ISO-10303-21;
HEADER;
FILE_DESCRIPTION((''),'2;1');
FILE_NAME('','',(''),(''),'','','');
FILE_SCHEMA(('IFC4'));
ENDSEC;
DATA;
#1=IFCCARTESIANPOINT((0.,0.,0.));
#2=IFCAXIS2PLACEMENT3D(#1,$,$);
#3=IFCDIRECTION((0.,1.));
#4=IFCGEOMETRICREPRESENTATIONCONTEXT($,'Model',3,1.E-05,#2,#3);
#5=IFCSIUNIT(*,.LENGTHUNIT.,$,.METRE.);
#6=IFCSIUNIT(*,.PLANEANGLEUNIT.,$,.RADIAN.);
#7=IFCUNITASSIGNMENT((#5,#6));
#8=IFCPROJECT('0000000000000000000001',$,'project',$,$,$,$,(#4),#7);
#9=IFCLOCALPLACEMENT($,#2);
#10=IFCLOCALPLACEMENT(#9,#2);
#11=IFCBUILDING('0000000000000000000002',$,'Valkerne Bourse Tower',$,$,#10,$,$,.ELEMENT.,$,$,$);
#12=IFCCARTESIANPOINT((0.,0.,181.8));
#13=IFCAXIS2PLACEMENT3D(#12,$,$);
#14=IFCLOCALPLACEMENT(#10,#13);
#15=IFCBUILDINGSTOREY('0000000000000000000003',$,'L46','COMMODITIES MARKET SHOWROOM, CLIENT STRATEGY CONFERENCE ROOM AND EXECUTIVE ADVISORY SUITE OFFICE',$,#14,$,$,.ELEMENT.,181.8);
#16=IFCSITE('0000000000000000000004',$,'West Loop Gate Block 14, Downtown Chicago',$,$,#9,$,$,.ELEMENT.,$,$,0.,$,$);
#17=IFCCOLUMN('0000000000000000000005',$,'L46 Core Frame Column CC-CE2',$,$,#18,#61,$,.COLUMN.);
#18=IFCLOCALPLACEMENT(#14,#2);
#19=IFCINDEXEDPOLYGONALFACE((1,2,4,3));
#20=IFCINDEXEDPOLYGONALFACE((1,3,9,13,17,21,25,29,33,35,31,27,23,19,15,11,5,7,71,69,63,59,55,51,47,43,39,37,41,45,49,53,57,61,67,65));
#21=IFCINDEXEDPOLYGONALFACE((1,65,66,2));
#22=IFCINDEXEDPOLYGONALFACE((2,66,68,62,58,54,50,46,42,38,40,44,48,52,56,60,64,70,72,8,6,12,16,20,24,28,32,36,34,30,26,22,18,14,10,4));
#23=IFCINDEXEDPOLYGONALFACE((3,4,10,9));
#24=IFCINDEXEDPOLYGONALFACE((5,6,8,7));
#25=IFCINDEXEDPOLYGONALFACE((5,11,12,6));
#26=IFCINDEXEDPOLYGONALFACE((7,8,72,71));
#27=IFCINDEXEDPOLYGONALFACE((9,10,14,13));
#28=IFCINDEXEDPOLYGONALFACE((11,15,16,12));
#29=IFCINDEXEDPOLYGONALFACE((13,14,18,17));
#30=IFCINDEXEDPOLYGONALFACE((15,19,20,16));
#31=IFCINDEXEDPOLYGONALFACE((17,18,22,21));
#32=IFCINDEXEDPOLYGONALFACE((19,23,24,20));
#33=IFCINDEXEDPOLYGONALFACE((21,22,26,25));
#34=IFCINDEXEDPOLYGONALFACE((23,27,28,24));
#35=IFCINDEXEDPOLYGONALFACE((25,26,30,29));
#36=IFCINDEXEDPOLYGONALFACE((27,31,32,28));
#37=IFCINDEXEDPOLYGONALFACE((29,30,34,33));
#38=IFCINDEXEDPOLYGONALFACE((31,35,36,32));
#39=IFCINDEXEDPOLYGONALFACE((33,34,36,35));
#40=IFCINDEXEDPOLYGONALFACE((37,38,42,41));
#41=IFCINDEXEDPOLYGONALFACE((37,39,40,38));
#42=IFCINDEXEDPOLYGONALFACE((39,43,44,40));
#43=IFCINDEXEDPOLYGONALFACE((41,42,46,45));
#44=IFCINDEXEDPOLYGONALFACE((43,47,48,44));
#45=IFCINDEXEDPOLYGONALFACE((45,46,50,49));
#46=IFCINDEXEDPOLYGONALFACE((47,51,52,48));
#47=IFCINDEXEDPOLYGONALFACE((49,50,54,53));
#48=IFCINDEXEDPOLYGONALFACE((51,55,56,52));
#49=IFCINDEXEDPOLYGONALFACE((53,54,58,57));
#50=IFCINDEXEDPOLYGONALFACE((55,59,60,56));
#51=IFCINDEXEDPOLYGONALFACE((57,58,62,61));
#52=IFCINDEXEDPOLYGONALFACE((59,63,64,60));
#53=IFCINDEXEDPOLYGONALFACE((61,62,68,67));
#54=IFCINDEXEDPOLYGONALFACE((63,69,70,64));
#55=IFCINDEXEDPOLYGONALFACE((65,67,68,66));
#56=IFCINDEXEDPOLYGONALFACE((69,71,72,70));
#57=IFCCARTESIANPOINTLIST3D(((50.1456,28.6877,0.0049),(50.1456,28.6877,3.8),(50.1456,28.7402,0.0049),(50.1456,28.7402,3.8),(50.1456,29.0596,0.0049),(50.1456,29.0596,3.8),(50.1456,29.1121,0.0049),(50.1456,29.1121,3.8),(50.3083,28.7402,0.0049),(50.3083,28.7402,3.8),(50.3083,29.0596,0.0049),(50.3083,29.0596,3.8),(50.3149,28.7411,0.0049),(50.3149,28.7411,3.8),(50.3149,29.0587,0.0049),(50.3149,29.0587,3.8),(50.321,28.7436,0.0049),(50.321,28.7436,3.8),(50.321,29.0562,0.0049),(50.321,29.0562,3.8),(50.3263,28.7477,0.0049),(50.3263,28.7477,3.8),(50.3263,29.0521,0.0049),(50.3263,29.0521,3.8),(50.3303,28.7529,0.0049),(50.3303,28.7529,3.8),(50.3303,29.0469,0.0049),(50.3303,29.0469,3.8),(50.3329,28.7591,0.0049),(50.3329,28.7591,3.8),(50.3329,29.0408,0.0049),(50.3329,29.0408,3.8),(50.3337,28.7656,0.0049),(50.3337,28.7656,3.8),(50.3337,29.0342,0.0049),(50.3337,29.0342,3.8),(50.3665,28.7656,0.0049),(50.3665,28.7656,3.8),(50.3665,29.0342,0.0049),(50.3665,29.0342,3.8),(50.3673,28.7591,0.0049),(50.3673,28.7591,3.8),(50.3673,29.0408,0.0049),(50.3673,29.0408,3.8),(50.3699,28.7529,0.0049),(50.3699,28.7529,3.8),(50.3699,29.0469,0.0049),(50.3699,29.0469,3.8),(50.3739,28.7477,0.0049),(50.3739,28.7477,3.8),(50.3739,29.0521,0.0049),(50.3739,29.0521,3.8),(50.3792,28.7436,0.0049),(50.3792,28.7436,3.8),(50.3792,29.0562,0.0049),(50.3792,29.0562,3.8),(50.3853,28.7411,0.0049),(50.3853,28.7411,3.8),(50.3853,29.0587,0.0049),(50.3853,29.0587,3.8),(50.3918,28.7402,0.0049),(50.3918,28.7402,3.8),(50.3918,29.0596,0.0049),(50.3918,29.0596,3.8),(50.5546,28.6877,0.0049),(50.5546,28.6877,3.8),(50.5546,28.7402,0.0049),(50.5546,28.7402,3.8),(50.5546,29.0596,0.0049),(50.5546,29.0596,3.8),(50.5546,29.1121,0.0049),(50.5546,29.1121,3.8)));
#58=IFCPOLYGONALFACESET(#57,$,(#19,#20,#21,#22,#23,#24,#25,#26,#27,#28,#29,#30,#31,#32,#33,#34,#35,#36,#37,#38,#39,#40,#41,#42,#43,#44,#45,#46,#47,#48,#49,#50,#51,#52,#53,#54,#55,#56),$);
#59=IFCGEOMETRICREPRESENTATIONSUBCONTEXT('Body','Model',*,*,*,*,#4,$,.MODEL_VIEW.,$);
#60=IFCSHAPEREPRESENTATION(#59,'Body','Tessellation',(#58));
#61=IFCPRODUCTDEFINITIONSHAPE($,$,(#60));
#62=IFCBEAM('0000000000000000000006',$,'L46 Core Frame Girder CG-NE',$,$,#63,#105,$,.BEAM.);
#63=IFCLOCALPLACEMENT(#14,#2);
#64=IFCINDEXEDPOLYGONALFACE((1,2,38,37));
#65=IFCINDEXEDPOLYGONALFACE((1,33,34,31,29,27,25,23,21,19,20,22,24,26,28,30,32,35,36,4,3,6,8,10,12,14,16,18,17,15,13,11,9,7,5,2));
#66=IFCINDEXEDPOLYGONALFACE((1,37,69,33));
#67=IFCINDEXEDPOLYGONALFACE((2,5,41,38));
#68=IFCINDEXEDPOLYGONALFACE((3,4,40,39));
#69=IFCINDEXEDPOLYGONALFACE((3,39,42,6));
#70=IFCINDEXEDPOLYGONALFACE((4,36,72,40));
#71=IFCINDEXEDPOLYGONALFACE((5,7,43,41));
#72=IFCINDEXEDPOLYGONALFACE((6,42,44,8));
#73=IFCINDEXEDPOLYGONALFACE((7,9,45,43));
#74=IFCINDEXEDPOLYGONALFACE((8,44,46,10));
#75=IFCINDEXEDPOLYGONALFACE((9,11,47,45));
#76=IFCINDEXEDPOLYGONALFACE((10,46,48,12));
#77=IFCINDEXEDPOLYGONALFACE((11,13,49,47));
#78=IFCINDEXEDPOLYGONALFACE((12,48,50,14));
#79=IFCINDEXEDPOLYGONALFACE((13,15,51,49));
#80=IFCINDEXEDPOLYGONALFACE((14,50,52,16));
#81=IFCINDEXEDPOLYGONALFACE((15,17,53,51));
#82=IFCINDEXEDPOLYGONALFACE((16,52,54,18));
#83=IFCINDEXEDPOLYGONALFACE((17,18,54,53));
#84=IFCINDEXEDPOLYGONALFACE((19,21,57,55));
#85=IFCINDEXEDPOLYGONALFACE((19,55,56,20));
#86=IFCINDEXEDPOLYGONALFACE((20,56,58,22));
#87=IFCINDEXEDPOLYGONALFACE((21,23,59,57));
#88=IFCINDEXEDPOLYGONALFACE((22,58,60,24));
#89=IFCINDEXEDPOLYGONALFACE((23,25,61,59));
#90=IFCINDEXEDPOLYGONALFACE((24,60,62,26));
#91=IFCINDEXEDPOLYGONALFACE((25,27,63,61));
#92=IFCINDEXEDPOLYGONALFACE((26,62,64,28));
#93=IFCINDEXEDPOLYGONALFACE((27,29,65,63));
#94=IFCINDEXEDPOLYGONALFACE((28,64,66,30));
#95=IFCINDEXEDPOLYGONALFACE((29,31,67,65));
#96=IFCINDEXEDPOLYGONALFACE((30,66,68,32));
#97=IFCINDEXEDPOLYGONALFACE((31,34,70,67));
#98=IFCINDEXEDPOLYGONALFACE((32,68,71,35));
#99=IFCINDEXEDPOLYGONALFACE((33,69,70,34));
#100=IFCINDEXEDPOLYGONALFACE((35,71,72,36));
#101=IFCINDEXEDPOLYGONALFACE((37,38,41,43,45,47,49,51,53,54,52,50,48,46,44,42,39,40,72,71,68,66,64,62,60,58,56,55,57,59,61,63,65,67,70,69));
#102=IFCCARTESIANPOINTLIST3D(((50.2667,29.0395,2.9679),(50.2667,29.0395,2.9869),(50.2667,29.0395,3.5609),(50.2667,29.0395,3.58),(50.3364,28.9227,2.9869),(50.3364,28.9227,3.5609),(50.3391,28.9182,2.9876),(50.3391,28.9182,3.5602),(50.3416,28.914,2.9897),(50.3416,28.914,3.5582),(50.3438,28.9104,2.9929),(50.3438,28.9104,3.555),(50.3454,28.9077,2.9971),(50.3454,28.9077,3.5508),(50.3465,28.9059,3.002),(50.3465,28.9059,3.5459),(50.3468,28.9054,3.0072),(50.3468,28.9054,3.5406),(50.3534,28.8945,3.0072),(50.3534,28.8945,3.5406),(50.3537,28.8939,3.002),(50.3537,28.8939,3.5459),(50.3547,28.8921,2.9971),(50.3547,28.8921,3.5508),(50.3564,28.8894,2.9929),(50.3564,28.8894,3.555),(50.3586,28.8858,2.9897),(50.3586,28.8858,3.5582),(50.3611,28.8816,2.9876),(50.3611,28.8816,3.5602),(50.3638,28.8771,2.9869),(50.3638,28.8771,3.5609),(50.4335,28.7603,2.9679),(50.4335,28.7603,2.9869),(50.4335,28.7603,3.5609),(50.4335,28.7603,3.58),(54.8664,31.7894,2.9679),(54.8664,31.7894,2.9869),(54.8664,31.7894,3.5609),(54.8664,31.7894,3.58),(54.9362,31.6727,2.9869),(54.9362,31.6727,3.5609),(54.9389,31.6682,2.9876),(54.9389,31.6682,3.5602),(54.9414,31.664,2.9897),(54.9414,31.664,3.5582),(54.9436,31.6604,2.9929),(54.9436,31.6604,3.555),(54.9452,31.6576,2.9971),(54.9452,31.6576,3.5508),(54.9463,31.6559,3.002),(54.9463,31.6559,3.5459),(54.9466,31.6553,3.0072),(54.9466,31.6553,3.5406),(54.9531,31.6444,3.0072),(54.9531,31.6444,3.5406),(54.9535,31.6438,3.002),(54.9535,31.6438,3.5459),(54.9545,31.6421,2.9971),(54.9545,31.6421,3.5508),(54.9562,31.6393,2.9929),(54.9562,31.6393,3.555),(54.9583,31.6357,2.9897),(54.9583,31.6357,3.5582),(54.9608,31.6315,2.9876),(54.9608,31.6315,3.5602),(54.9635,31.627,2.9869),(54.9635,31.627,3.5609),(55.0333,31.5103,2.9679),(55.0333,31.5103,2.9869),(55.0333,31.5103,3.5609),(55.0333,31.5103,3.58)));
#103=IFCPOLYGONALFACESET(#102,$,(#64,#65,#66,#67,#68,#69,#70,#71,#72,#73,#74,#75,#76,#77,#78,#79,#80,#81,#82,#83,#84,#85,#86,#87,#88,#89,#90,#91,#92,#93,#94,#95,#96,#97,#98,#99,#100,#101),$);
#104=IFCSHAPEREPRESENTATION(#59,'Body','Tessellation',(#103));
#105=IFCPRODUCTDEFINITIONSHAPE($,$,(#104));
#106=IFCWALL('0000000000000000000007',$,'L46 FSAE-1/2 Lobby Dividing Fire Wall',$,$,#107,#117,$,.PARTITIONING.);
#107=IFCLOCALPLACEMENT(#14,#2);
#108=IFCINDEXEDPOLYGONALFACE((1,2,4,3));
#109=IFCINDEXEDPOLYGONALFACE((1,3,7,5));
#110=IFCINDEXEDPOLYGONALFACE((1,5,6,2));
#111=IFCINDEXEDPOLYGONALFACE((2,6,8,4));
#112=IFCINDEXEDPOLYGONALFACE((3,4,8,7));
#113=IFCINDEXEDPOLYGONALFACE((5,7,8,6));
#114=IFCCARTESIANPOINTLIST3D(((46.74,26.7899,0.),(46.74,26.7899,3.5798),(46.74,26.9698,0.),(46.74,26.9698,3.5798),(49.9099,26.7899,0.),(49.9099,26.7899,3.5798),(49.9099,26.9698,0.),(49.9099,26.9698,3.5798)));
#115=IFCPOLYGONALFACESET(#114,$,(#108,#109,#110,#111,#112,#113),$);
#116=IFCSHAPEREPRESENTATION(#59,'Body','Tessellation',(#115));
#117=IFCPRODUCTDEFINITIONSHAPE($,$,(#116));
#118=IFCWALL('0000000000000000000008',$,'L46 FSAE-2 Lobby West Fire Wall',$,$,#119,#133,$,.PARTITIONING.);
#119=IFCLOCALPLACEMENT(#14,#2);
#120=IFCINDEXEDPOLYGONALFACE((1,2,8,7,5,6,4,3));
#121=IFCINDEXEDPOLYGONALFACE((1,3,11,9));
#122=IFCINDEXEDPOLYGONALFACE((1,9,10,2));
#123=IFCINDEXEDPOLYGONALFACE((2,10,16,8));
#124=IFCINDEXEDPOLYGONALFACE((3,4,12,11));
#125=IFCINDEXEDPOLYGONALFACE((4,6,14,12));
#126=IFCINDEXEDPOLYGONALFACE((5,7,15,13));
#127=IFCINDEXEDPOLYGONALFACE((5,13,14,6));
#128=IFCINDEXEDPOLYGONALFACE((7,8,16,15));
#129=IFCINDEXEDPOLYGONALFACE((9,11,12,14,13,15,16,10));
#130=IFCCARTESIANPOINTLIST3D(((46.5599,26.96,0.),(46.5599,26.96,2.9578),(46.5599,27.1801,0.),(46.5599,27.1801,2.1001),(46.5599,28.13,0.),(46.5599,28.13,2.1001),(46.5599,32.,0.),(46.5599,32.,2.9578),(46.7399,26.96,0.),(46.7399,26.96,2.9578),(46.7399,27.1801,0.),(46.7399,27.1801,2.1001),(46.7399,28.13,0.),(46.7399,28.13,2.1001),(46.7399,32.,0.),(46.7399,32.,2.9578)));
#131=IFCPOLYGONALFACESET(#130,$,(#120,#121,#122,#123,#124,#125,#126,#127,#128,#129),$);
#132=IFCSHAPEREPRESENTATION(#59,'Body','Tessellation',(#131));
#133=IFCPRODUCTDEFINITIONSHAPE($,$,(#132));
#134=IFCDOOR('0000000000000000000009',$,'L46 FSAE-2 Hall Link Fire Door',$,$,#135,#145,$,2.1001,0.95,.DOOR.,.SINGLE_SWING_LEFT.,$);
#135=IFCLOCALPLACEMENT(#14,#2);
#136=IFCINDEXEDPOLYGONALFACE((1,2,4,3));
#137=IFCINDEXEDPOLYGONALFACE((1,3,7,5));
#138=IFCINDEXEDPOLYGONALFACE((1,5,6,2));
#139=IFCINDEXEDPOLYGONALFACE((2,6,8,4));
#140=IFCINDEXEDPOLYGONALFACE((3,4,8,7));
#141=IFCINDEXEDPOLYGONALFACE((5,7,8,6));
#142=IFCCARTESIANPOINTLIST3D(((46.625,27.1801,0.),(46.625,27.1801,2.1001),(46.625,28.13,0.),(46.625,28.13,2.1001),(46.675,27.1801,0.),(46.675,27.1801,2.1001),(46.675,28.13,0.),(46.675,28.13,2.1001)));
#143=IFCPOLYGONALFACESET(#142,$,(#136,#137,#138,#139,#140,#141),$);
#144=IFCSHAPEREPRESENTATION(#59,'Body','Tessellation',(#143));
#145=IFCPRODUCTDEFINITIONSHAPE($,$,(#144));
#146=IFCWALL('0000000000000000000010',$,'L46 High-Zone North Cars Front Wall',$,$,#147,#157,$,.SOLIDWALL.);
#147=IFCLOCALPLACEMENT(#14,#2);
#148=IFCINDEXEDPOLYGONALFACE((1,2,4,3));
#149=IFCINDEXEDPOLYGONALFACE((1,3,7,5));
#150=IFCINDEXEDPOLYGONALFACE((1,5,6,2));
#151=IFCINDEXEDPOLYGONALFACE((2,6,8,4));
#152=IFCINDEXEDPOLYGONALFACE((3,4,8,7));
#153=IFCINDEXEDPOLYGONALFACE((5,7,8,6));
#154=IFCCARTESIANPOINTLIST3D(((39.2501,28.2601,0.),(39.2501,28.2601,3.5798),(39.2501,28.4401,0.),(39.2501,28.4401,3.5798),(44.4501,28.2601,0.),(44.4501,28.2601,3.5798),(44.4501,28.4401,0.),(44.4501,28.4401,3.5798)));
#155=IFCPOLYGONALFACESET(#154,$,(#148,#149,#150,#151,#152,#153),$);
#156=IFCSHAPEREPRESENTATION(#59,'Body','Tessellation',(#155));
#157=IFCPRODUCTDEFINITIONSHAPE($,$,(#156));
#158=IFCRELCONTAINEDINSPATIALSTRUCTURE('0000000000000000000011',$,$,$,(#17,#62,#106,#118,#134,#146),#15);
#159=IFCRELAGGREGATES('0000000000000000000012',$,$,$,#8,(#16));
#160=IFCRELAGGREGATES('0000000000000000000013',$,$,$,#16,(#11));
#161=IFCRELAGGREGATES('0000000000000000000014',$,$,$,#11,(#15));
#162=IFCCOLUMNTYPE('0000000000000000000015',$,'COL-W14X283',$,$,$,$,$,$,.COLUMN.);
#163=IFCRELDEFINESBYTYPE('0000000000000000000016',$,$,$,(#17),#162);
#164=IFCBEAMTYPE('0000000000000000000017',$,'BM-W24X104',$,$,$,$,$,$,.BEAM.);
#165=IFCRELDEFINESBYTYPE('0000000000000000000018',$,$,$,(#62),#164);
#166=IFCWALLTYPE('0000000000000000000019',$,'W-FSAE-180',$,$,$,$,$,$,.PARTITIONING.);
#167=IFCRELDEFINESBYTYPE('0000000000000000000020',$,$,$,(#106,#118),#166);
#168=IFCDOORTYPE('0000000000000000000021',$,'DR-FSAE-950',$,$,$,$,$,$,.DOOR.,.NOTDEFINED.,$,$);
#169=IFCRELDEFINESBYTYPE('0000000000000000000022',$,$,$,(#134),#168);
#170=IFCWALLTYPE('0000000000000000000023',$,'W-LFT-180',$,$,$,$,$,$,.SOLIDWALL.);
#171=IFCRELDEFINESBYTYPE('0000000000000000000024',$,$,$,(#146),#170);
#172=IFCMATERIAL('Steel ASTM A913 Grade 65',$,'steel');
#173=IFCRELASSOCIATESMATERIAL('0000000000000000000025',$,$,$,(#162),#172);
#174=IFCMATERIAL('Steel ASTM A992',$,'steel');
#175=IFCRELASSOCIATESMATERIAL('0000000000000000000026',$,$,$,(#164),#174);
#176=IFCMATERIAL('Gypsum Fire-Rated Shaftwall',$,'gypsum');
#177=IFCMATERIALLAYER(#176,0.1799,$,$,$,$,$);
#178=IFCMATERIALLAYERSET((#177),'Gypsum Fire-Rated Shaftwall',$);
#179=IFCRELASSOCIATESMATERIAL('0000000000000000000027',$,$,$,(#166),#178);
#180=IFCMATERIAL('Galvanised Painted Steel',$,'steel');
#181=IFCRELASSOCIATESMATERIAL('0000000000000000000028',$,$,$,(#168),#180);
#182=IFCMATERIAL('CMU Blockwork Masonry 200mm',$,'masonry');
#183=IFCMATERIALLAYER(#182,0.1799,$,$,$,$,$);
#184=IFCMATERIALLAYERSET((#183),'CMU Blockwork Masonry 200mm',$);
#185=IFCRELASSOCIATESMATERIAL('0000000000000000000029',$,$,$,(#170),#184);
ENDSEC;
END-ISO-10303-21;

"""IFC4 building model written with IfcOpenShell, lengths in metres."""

from ifc_helpers import new_model, si_unit, direction, frame, frame_2d, origin, origin_2d, place, context, subcontext, project, spatial, rectangle, i_section, extrude, material, layer, layer_set, material_profile, profile_set, type_object, element, fill, save


model = new_model("IFC4")

# Units and contexts
model_context = context("Model", 3, precision=1e-05, world=origin(), true_north=direction((0.0, 1.0)))
body_context = subcontext(model_context, "Body", "Model", "MODEL_VIEW")
ifc_project = project(units=[si_unit("LENGTHUNIT", "METRE"), si_unit("PLANEANGLEUNIT", "RADIAN")], contexts=[model_context])

# Site, building, storey
site_placement = place(None, origin())
site = spatial("IfcSite", under=ifc_project, at=site_placement, Name="West Loop Gate Block 14, Downtown Chicago", CompositionType="ELEMENT", RefElevation=0.0)
building_placement = place(site_placement, origin())
building = spatial("IfcBuilding", under=site, at=building_placement, Name="Valkerne Bourse Tower", CompositionType="ELEMENT")
storey_placement = place(building_placement, frame((0.0, 0.0, 181.8)))
storey = spatial("IfcBuildingStorey", under=building, at=storey_placement, Name="L46", Description="COMMODITIES MARKET SHOWROOM, CLIENT STRATEGY CONFERENCE ROOM AND EXECUTIVE ADVISORY SUITE OFFICE", CompositionType="ELEMENT", Elevation=181.8)

# Column
ifc_material_1 = material(Name="Steel ASTM A913 Grade 65", Category="steel")
ifc_material_profile_1 = material_profile(ifc_material_1, i_section(OverallWidth=0.4089, OverallDepth=0.4243, WebThickness=0.0327, FlangeThickness=0.0525, FilletRadius=0.0254, at=origin_2d()), Name="W14X283")
ifc_profile_set_1 = profile_set([ifc_material_profile_1], Name="Steel ASTM A913 Grade 65")
column_type = type_object("IfcColumnType", Name="COL-W14X283", PredefinedType="COLUMN", material=ifc_profile_set_1)
column_placement = place(storey_placement, frame((50.3501, 28.8999, 0.0049), z_axis=(0.0, 0.0, 1.0), x_axis=(1.0, 0.0, 0.0)))
element("IfcColumn", 1, at=column_placement, inside=storey, type_object=column_type, Name="L46 Core Frame Column CC-CE2", PredefinedType="COLUMN", context=body_context, shape_type="SweptSolid", body=[
    extrude(i_section(OverallWidth=0.4089, OverallDepth=0.4243, WebThickness=0.0327, FlangeThickness=0.0525, FilletRadius=0.0254, at=origin_2d()), origin(), (0.0, 0.0, 1.0), 3.7952),
])

# Beam
ifc_material_2 = material(Name="Steel ASTM A992", Category="steel")
ifc_material_profile_2 = material_profile(ifc_material_2, i_section(OverallWidth=0.3252, OverallDepth=0.6121, WebThickness=0.0127, FlangeThickness=0.019, FilletRadius=0.0203, at=origin_2d()), Name="W24X104")
ifc_profile_set_2 = profile_set([ifc_material_profile_2], Name="Steel ASTM A992")
beam_type = type_object("IfcBeamType", Name="BM-W24X104", PredefinedType="BEAM", material=ifc_profile_set_2)
beam_placement = place(storey_placement, frame((50.3501, 28.8999, 3.2739), z_axis=(0.858308, 0.513135, 0.0), x_axis=(-0.513135, 0.858308, 0.0)))
element("IfcBeam", 2, at=beam_placement, inside=storey, type_object=beam_type, Name="L46 Core Frame Girder CG-NE", PredefinedType="BEAM", context=body_context, shape_type="SweptSolid", body=[
    extrude(i_section(OverallWidth=0.3252, OverallDepth=0.6121, WebThickness=0.0127, FlangeThickness=0.019, FilletRadius=0.0203, at=origin_2d()), origin(), (0.0, 0.0, 1.0), 5.3591),
])

# Wall
ifc_material_3 = material(Name="Gypsum Fire-Rated Shaftwall", Category="gypsum")
ifc_layer_1 = layer(ifc_material_3, 0.1799)
ifc_layer_set_1 = layer_set([ifc_layer_1], Name="Gypsum Fire-Rated Shaftwall")
wall_type_1 = type_object("IfcWallType", Name="W-FSAE-180", PredefinedType="PARTITIONING", material=ifc_layer_set_1)
wall_1_placement = place(storey_placement, frame((46.74, 26.8799, 0.0), z_axis=(0.0, 0.0, 1.0), x_axis=(1.0, 0.0, 0.0)))
element("IfcWall", 3, at=wall_1_placement, inside=storey, type_object=wall_type_1, Name="L46 FSAE-1/2 Lobby Dividing Fire Wall", PredefinedType="PARTITIONING", context=body_context, shape_type="SweptSolid", body=[
    extrude(rectangle(XDim=3.1699, YDim=0.1799, at=frame_2d((1.585, 0.0))), origin(), (0.0, 0.0, 1.0), 3.5798),
])

# Wall, opening, door
wall_2_placement = place(storey_placement, frame((46.6499, 26.96, 0.0), z_axis=(0.0, 0.0, 1.0), x_axis=(0.0, 1.0, 0.0)))
wall_2 = element("IfcWall", 4, at=wall_2_placement, inside=storey, type_object=wall_type_1, Name="L46 FSAE-2 Lobby West Fire Wall", PredefinedType="PARTITIONING", context=body_context, shape_type="SweptSolid", body=[
    extrude(rectangle(XDim=5.04, YDim=0.1799, at=frame_2d((2.52, 0.0))), origin(), (0.0, 0.0, 1.0), 2.9578),
])
opening_1_placement = place(wall_2_placement, frame((0.22, 0.0, 0.0)))
opening_1 = element("IfcOpeningElement", 5, at=opening_1_placement, cuts=wall_2, PredefinedType="OPENING", context=body_context, shape_type="SweptSolid", body=[
    extrude(rectangle(XDim=0.95, YDim=2.1001, at=frame_2d((0.4751, 1.05))), frame((0.0, 0.0999, 0.0), z_axis=(0.0, -1.0, 0.0), x_axis=(1.0, 0.0, 0.0)), (0.0, 0.0, 1.0), 0.2),
])
ifc_material_4 = material(Name="Galvanised Painted Steel", Category="steel")
door_type_1 = type_object("IfcDoorType", Name="DR-FSAE-950", OperationType="NOTDEFINED", PredefinedType="DOOR", material=ifc_material_4)
door_1_placement = place(opening_1_placement, origin())
door_1 = element("IfcDoor", 6, at=door_1_placement, inside=storey, type_object=door_type_1, Name="L46 FSAE-2 Hall Link Fire Door", OperationType="SINGLE_SWING_LEFT", OverallHeight=2.1001, OverallWidth=0.95, PredefinedType="DOOR", context=body_context, shape_type="SweptSolid", body=[
    extrude(rectangle(XDim=0.95, YDim=2.1001, at=frame_2d((0.4751, 1.05))), frame((0.0, 0.0249, 0.0), z_axis=(0.0, -1.0, 0.0), x_axis=(1.0, 0.0, 0.0)), (0.0, 0.0, 1.0), 0.05),
])
fill(opening_1, door_1)

# Shared definitions
ifc_material_5 = material(Name="CMU Blockwork Masonry 200mm", Category="masonry")
ifc_layer_2 = layer(ifc_material_5, 0.1799)
ifc_layer_set_2 = layer_set([ifc_layer_2], Name="CMU Blockwork Masonry 200mm")
wall_type_2 = type_object("IfcWallType", Name="W-LFT-180", PredefinedType="SOLIDWALL", material=ifc_layer_set_2)

# Wall
wall_3_placement = place(storey_placement, frame((39.25, 28.3501, 0.0), z_axis=(0.0, 0.0, 1.0), x_axis=(1.0, 0.0, 0.0)))
element("IfcWall", 7, at=wall_3_placement, inside=storey, type_object=wall_type_2, Name="L46 High-Zone North Cars Front Wall", PredefinedType="SOLIDWALL", context=body_context, shape_type="SweptSolid", body=[
    extrude(rectangle(XDim=5.2, YDim=0.1799, at=frame_2d((2.6001, 0.0))), origin(), (0.0, 0.0, 1.0), 3.5798),
])

save(model, "model.ifc")
